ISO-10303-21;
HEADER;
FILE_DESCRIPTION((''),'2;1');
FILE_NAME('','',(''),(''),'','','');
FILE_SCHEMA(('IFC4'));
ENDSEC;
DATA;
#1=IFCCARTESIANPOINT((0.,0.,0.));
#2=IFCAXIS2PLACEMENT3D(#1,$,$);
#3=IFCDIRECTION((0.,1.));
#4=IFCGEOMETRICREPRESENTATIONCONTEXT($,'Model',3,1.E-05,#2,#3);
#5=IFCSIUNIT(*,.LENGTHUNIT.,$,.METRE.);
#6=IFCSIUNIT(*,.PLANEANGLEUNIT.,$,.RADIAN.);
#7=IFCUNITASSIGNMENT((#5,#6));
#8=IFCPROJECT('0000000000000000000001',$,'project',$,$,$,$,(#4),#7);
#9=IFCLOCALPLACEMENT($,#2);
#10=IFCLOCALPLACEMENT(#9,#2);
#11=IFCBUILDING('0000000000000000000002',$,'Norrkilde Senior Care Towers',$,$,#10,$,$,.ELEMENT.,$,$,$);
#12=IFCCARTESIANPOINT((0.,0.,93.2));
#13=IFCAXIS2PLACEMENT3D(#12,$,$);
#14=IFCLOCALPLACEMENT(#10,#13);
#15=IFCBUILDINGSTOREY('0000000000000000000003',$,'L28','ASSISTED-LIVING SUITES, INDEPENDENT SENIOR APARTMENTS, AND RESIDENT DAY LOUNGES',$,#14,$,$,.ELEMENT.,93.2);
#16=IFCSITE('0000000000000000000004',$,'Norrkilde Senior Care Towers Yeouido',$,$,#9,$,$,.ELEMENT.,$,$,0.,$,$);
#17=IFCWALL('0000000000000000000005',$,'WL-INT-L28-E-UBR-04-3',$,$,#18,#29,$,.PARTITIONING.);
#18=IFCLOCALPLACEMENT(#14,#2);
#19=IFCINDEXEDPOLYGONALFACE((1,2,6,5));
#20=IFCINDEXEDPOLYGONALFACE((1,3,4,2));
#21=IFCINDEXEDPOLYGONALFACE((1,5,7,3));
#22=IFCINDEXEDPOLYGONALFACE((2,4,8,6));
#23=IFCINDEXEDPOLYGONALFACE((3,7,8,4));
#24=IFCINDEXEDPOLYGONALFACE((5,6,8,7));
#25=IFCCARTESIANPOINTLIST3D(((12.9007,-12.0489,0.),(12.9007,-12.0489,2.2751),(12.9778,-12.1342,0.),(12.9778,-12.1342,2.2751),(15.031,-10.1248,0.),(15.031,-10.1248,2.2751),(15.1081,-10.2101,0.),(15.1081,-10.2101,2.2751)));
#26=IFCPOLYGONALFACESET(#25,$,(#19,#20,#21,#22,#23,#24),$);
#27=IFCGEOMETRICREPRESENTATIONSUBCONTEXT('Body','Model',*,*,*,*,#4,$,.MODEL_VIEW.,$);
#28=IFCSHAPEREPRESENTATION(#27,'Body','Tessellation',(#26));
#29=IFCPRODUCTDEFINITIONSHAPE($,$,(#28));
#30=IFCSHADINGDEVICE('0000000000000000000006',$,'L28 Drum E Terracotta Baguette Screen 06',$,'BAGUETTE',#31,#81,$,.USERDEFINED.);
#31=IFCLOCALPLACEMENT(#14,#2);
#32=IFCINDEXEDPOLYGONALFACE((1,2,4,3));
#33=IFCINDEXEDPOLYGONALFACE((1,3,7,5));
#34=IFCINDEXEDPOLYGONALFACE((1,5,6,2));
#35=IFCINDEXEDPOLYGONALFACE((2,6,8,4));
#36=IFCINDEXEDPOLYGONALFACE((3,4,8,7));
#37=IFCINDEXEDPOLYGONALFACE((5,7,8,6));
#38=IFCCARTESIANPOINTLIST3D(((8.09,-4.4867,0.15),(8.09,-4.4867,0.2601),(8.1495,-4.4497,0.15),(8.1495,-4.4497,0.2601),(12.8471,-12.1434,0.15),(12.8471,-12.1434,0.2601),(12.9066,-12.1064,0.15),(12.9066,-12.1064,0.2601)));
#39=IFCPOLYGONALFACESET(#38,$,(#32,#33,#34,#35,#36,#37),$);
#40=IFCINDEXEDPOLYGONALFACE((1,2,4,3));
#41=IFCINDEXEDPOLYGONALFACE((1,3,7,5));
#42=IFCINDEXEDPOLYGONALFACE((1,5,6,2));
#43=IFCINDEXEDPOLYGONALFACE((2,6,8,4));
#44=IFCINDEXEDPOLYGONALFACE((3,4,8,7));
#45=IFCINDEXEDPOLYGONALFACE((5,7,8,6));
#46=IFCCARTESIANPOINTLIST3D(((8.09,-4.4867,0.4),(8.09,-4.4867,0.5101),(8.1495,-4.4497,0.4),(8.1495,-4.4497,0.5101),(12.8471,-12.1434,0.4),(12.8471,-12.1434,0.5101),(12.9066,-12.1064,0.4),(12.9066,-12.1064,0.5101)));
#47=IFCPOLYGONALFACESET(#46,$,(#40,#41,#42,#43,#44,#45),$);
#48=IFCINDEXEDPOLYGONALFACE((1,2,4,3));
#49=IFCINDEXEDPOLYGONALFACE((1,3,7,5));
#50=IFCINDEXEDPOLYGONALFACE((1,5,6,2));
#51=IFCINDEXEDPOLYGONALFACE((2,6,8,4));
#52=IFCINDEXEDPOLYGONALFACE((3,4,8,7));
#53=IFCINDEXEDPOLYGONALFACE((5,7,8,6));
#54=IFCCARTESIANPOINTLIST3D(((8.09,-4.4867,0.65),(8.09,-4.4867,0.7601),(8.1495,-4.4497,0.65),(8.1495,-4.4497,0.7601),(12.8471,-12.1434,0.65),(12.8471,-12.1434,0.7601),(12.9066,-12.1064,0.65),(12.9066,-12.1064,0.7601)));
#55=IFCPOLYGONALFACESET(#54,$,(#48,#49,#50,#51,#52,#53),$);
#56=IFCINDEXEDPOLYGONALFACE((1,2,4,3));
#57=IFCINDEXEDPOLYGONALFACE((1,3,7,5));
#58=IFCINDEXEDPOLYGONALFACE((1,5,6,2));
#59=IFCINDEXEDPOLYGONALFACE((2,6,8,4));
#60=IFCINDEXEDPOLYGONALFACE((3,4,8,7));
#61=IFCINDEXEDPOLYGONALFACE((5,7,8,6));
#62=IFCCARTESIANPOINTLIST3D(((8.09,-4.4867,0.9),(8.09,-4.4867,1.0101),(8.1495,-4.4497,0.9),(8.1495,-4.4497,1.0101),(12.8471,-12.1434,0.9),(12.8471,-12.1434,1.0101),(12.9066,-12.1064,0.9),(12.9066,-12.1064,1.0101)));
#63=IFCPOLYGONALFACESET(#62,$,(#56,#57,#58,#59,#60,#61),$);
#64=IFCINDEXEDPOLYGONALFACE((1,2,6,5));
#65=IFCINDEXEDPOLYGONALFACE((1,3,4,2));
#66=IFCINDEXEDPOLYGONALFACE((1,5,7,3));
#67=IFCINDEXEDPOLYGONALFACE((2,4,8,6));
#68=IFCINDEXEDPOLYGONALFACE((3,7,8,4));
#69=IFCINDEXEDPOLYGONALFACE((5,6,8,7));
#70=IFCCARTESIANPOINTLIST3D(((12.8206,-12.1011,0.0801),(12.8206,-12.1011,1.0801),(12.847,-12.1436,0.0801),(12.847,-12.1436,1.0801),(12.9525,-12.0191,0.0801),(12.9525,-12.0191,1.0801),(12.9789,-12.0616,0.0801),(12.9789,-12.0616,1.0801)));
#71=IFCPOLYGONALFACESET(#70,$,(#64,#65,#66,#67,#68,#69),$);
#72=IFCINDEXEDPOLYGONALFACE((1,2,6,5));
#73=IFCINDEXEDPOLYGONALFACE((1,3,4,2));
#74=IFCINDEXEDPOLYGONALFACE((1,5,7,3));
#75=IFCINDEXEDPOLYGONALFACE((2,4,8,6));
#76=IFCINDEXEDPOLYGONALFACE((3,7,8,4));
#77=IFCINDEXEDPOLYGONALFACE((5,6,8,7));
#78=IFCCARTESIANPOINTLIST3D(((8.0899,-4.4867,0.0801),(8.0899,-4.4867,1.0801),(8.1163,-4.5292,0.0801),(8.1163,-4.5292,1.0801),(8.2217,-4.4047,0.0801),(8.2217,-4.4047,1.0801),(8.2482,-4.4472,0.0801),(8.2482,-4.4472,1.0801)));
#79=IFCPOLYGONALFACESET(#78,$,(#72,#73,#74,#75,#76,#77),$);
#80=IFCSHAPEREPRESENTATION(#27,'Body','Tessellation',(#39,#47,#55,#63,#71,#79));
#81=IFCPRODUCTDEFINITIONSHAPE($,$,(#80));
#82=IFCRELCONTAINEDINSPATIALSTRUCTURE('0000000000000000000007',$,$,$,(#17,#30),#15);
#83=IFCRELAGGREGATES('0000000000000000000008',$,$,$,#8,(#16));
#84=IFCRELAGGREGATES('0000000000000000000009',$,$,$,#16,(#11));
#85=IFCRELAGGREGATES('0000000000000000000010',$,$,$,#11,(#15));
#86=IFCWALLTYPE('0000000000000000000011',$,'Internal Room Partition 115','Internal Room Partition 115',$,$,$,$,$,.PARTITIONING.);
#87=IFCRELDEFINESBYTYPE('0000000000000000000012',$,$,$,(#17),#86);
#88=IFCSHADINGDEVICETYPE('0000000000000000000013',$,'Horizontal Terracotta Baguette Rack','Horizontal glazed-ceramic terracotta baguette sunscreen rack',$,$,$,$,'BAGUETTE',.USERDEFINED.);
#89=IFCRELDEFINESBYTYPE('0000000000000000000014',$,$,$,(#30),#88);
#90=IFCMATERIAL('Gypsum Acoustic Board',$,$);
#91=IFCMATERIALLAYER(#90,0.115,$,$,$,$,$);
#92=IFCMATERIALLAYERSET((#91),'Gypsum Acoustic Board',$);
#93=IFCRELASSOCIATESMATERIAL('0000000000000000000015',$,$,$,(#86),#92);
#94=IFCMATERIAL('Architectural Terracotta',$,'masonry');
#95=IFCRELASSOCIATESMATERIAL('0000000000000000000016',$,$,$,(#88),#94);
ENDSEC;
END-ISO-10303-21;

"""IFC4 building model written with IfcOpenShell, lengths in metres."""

from ifc_helpers import new_model, si_unit, direction, frame, frame_2d, origin, origin_2d, place, context, subcontext, project, spatial, rectangle, extrude, source, transform, mapped, material, layer, layer_set, type_object, type_shapes, element, save


model = new_model("IFC4")

# Units and contexts
model_context = context("Model", 3, precision=1e-05, world=origin(), true_north=direction((0.0, 1.0)))
body_context = subcontext(model_context, "Body", "Model", "MODEL_VIEW")
ifc_project = project(units=[si_unit("LENGTHUNIT", "METRE"), si_unit("PLANEANGLEUNIT", "RADIAN")], contexts=[model_context])

# Site, building, storey
site_placement = place(None, origin())
site = spatial("IfcSite", under=ifc_project, at=site_placement, Name="Norrkilde Senior Care Towers Yeouido", CompositionType="ELEMENT", RefElevation=0.0)
building_placement = place(site_placement, origin())
building = spatial("IfcBuilding", under=site, at=building_placement, Name="Norrkilde Senior Care Towers", CompositionType="ELEMENT")
storey_placement = place(building_placement, frame((0.0, 0.0, 93.2)))
storey = spatial("IfcBuildingStorey", under=building, at=storey_placement, Name="L28", Description="ASSISTED-LIVING SUITES, INDEPENDENT SENIOR APARTMENTS, AND RESIDENT DAY LOUNGES", CompositionType="ELEMENT", Elevation=93.2)

# Shared definitions
ifc_material_1 = material(Name="Gypsum Acoustic Board")
ifc_layer_1 = layer(ifc_material_1, 0.115)
ifc_layer_set_1 = layer_set([ifc_layer_1], Name="Gypsum Acoustic Board")
wall_type_1 = type_object("IfcWallType", Name="Internal Room Partition 115", Description="Internal Room Partition 115", PredefinedType="PARTITIONING", material=ifc_layer_set_1)

# Wall
shared_shape_1 = source(origin(), body_context, "Body", "SweptSolid", [
    extrude(rectangle(XDim=2.8706, YDim=0.115, at=frame_2d((1.4353, 0.0))), origin(), (0.0, 0.0, 1.0), 2.2751),
])
wall_1_placement = place(storey_placement, frame((15.0696, -10.1675, 0.0), z_axis=(0.0, 0.0, 1.0), x_axis=(-0.742126, -0.670261, 0.0)))
element("IfcWall", 1, at=wall_1_placement, inside=storey, type_object=wall_type_1, Name="WL-INT-L28-E-UBR-04-3", PredefinedType="PARTITIONING", context=body_context, shape_type="MappedRepresentation", body=[
    mapped(shared_shape_1, transform((0.0, 0.0, 0.0), x_axis=(1.0, 0.0, 0.0), y_axis=(0.0, 1.0, 0.0), z_axis=(0.0, 0.0, 1.0), scale=1.0)),
])

# Shading device
ifc_material_2 = material(Name="Architectural Terracotta", Category="masonry")
shading_device_type = type_object("IfcShadingDeviceType", Name="Horizontal Terracotta Baguette Rack", Description="Horizontal glazed-ceramic terracotta baguette sunscreen rack", ElementType="BAGUETTE", PredefinedType="USERDEFINED", material=ifc_material_2)
shared_shape_2 = source(origin(), body_context, "Body", "SweptSolid", [
    extrude(rectangle(XDim=0.0701, YDim=0.1101, at=origin_2d()), frame((0.0, 0.0901, 0.125), z_axis=(1.0, 0.0, 0.0), x_axis=(0.0, 1.0, 0.0)), (0.0, 0.0, 1.0), 9.0142),
    extrude(rectangle(XDim=0.0701, YDim=0.1101, at=origin_2d()), frame((0.0, 0.0901, 0.375), z_axis=(1.0, 0.0, 0.0), x_axis=(0.0, 1.0, 0.0)), (0.0, 0.0, 1.0), 9.0142),
    extrude(rectangle(XDim=0.0701, YDim=0.1101, at=origin_2d()), frame((0.0, 0.0901, 0.625), z_axis=(1.0, 0.0, 0.0), x_axis=(0.0, 1.0, 0.0)), (0.0, 0.0, 1.0), 9.0142),
    extrude(rectangle(XDim=0.0701, YDim=0.1101, at=origin_2d()), frame((0.0, 0.0901, 0.875), z_axis=(1.0, 0.0, 0.0), x_axis=(0.0, 1.0, 0.0)), (0.0, 0.0, 1.0), 9.0142),
    extrude(rectangle(XDim=0.05, YDim=0.1553, at=origin_2d()), frame((0.0249, 0.0476, 0.0)), (0.0, 0.0, 1.0), 1.0),
    extrude(rectangle(XDim=0.05, YDim=0.1553, at=origin_2d()), frame((8.9893, 0.0476, 0.0)), (0.0, 0.0, 1.0), 1.0),
])
type_shapes(shading_device_type, [shared_shape_2])
shading_device_placement = place(storey_placement, frame((12.9534, -12.0774, 0.0801), z_axis=(0.0, 0.0, 1.0), x_axis=(-0.527734, 0.849412, 0.0)))
element("IfcShadingDevice", 2, at=shading_device_placement, inside=storey, type_object=shading_device_type, Name="L28 Drum E Terracotta Baguette Screen 06", ObjectType="BAGUETTE", PredefinedType="USERDEFINED", context=body_context, shape_type="MappedRepresentation", body=[
    mapped(shared_shape_2, transform((0.0, 0.0, 0.0), x_axis=(1.0, 0.0, 0.0), y_axis=(0.0, 1.0, 0.0), z_axis=(0.0, 0.0, 1.0), scale=1.0)),
])

save(model, "model.ifc")
